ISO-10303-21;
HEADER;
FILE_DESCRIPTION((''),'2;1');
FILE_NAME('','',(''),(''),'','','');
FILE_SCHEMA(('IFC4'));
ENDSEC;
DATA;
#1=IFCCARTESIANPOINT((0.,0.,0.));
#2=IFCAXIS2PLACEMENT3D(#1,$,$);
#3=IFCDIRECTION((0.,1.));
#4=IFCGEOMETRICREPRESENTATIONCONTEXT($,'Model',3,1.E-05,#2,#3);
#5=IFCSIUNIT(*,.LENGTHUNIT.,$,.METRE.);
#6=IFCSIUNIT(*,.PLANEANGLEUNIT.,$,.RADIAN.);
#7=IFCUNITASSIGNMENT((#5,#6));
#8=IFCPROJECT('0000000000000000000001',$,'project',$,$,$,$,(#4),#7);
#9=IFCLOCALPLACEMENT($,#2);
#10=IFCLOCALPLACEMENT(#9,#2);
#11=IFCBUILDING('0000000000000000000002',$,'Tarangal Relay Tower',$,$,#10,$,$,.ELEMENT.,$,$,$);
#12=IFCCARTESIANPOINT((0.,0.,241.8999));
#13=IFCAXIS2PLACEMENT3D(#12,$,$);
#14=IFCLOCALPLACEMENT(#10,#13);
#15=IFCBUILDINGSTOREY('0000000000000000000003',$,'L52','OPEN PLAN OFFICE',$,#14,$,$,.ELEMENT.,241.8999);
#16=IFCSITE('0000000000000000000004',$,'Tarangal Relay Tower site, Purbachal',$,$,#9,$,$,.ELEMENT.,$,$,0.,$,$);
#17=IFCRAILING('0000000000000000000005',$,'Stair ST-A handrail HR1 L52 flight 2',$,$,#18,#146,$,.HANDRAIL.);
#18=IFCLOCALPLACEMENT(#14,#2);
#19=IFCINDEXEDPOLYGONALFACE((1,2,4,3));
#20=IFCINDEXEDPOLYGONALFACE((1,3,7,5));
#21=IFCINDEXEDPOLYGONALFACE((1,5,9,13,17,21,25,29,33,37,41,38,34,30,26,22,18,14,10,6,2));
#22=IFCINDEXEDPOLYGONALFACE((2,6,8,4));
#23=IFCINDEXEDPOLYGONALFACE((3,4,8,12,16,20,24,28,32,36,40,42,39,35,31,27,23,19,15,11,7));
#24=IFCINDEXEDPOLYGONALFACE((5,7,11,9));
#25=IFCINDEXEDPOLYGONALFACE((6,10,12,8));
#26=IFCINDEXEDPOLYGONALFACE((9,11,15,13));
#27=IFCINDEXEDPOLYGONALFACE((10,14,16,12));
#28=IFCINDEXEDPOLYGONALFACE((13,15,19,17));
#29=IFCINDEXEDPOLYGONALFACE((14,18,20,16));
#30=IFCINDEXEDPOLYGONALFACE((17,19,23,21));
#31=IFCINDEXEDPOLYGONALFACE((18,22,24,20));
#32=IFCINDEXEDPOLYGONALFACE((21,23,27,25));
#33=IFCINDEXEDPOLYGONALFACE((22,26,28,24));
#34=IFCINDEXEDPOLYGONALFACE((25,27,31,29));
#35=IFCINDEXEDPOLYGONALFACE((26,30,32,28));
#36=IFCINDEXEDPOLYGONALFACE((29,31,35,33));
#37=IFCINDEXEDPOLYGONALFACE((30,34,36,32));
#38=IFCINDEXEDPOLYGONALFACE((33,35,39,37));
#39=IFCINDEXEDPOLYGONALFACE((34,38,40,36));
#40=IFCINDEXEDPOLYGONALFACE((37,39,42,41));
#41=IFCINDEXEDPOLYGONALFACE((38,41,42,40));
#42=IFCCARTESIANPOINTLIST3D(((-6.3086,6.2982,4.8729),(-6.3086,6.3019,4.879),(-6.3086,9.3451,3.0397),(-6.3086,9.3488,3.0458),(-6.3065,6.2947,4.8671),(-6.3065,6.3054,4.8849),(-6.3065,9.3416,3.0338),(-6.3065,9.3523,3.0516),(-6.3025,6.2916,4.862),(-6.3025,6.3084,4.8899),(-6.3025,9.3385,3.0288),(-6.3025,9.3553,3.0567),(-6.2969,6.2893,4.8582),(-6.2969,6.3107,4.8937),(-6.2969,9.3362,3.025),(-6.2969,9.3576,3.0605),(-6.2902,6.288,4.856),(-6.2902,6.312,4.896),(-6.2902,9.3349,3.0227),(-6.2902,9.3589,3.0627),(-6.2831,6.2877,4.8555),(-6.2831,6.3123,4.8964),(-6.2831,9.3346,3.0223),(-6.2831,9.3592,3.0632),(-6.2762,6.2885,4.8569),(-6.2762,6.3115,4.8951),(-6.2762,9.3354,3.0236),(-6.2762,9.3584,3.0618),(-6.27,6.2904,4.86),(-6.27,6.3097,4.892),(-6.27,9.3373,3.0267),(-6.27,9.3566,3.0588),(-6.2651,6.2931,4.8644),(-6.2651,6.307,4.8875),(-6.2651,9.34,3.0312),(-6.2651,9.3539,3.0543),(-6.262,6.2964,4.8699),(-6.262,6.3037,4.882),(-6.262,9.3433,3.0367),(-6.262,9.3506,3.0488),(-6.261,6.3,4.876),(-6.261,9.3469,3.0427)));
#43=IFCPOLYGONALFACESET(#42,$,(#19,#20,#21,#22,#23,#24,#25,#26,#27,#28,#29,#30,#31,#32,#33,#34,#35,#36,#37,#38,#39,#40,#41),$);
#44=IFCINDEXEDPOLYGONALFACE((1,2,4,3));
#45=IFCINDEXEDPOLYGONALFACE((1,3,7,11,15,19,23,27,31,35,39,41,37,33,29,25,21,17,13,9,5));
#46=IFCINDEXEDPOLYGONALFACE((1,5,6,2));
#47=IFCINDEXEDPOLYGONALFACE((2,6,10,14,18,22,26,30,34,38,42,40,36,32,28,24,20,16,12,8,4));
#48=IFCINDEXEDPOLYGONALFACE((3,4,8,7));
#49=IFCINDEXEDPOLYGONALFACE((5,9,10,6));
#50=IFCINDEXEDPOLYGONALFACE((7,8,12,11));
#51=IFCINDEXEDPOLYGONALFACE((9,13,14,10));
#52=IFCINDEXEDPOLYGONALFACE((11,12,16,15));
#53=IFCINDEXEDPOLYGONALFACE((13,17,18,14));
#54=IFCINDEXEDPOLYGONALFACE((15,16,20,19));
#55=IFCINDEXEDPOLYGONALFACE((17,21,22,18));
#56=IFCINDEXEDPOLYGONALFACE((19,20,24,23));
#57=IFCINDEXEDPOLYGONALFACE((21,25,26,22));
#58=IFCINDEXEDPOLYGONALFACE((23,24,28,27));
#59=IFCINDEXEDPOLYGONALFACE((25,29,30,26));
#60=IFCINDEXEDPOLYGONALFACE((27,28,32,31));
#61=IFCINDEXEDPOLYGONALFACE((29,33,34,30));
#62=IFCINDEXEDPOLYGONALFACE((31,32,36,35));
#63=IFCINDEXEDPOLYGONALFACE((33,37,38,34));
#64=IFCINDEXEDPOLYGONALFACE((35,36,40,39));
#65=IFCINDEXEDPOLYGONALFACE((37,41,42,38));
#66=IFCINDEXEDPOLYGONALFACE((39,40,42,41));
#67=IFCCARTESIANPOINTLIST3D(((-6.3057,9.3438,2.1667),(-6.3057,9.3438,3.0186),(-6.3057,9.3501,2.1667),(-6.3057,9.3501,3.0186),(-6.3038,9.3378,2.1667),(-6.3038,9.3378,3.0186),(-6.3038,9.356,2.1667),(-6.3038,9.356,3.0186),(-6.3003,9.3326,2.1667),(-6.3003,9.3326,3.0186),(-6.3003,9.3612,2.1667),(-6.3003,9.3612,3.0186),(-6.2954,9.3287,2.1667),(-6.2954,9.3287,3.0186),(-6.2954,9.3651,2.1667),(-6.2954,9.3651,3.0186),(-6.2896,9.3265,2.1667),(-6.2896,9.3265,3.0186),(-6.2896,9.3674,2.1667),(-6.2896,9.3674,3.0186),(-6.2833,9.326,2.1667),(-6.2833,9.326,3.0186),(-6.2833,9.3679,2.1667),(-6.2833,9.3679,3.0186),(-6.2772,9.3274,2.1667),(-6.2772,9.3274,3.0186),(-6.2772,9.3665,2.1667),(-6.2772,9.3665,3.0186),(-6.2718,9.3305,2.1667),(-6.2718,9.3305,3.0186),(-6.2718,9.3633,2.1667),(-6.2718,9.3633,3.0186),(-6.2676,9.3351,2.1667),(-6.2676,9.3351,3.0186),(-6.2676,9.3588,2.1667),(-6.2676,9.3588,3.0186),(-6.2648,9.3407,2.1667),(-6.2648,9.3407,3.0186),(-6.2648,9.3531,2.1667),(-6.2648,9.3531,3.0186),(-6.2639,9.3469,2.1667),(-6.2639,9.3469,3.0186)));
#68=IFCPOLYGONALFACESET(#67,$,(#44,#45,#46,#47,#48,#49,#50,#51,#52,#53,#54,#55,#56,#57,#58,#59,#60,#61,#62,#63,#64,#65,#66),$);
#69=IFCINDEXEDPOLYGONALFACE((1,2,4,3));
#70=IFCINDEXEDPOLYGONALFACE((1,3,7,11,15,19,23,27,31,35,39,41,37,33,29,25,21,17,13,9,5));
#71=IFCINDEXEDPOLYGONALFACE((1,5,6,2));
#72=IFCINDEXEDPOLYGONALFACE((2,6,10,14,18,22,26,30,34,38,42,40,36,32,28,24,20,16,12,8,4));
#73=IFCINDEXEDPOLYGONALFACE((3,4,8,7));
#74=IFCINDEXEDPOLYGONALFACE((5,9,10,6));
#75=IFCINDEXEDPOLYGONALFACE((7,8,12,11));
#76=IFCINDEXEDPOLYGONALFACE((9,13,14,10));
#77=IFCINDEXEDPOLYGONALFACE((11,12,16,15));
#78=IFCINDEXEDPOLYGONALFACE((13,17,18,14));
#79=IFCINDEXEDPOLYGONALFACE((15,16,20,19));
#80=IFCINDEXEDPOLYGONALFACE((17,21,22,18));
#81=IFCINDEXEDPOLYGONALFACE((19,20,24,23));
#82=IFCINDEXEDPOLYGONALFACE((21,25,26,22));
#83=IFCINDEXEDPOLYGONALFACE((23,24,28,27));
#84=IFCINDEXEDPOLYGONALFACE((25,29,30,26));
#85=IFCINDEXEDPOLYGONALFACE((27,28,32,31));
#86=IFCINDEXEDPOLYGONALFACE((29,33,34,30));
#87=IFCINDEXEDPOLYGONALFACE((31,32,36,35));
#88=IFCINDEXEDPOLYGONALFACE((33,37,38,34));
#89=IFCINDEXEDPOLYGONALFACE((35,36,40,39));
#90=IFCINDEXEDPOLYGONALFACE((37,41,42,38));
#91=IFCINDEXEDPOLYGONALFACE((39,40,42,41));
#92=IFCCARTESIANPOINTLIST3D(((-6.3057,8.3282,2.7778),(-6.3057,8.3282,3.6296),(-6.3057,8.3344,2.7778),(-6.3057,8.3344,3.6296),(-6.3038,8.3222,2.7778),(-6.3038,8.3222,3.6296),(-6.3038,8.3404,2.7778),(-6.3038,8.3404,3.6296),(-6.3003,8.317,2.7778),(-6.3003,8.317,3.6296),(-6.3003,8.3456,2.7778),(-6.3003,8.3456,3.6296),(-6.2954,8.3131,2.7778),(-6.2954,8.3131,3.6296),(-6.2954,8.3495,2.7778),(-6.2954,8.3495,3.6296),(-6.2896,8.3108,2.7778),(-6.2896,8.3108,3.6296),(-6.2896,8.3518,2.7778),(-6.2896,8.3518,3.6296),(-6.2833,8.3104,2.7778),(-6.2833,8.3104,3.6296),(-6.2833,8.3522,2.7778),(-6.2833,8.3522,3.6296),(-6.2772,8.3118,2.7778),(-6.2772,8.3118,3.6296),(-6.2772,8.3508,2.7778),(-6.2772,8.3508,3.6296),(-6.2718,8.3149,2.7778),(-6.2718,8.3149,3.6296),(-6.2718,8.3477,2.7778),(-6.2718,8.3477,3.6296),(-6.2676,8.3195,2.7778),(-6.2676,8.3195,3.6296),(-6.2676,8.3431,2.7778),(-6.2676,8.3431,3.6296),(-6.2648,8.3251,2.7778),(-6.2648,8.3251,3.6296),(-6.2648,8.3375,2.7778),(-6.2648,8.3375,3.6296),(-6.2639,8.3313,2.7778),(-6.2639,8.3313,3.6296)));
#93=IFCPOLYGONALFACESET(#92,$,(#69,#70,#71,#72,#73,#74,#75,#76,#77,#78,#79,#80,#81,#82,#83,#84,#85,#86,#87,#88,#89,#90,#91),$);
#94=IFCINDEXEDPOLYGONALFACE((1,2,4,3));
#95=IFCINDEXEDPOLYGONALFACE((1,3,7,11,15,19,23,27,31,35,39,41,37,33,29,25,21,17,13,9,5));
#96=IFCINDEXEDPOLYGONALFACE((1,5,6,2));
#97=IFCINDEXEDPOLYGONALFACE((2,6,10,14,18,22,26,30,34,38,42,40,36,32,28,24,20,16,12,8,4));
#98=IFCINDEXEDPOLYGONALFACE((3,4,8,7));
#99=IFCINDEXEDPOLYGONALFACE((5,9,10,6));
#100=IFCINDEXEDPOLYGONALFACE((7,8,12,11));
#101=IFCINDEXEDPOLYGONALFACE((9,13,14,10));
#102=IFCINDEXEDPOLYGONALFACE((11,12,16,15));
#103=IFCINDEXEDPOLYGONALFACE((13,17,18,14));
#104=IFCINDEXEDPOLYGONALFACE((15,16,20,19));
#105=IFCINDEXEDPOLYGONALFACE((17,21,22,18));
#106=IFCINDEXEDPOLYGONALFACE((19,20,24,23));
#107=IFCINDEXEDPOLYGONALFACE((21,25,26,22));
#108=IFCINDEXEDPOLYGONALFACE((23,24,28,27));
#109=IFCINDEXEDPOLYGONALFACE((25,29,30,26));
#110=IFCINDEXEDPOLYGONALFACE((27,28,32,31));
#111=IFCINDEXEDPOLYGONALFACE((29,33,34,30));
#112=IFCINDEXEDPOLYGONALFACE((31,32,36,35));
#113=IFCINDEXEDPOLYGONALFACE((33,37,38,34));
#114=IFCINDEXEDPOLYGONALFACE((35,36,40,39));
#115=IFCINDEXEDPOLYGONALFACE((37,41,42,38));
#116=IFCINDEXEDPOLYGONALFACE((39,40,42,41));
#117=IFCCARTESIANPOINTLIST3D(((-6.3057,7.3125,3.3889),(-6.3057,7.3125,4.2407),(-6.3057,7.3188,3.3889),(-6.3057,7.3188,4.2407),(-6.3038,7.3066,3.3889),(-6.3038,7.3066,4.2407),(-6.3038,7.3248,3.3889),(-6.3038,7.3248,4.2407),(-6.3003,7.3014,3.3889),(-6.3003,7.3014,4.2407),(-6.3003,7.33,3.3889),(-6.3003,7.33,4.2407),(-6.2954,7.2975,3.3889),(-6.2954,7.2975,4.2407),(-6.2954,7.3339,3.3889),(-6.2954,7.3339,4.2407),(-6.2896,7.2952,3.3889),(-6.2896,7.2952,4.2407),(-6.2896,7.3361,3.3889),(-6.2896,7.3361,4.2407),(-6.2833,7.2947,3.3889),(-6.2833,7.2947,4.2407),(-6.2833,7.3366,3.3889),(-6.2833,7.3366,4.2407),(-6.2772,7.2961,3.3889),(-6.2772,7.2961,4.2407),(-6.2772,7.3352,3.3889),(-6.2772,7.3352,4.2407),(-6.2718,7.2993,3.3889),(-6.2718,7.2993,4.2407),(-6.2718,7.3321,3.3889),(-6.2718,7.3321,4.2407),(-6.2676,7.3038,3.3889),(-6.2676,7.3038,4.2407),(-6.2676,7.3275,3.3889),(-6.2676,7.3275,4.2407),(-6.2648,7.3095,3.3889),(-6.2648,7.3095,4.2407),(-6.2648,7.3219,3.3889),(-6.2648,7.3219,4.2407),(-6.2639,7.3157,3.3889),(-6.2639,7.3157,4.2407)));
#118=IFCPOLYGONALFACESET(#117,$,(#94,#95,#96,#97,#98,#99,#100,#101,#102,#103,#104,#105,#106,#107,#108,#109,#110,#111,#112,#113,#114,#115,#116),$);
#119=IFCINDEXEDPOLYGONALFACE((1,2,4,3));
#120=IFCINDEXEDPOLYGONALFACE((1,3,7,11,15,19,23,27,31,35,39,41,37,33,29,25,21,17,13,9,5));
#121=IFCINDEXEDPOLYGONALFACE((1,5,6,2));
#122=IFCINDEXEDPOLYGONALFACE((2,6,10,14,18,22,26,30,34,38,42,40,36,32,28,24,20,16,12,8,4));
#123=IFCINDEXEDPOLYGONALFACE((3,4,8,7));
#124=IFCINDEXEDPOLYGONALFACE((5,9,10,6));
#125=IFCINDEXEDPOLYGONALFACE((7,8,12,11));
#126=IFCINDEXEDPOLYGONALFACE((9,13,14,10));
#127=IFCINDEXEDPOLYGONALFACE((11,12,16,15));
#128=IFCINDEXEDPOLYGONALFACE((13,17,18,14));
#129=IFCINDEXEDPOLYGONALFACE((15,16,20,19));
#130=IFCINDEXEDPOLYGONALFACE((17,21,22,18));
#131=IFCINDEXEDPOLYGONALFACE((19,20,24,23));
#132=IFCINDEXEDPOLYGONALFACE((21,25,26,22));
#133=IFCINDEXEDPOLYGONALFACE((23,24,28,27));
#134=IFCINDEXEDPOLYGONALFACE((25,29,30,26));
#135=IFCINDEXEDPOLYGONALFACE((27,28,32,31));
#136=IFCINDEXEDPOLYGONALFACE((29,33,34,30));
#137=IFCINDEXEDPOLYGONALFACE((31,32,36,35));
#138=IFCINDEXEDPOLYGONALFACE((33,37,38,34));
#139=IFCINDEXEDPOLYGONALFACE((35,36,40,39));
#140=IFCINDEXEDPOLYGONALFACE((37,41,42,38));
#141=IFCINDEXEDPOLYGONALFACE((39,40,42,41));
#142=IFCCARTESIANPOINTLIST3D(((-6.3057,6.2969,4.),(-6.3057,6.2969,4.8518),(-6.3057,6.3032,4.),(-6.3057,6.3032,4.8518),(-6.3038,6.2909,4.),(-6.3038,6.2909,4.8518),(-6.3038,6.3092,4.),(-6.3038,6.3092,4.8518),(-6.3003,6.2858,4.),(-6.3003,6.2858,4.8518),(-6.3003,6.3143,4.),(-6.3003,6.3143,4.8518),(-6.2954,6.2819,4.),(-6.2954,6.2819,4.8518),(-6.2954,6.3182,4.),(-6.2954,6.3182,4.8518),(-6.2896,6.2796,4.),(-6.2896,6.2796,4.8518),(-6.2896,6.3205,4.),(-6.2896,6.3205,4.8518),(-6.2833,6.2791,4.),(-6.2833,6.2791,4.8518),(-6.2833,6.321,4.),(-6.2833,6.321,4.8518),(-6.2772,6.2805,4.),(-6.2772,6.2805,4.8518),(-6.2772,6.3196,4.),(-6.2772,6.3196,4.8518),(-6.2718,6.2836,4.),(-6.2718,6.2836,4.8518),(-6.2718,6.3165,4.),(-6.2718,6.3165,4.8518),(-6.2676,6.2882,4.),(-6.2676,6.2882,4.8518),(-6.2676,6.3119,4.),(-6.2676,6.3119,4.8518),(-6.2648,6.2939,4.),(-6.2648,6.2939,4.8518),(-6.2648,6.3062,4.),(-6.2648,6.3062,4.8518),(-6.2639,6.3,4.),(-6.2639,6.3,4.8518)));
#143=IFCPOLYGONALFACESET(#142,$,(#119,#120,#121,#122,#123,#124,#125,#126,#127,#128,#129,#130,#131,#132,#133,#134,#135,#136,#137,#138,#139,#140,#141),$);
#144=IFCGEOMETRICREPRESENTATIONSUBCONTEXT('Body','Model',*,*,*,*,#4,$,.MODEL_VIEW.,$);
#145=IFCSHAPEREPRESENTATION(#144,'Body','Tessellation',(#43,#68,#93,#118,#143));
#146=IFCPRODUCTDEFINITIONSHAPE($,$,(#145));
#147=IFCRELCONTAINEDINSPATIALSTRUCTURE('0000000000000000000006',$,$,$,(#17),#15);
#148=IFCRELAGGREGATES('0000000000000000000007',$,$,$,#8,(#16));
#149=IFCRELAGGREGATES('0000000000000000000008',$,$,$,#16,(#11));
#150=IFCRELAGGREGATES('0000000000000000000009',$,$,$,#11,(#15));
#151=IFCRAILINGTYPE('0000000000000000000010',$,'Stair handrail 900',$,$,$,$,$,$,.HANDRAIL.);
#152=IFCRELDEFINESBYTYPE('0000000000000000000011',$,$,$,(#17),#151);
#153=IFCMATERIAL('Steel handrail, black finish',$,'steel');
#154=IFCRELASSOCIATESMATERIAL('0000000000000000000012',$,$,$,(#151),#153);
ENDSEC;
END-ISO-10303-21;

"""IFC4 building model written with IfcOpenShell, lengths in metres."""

from ifc_helpers import new_model, si_unit, direction, frame, origin, origin_2d, place, context, subcontext, project, spatial, circle, extrude, material, type_object, element, save


model = new_model("IFC4")

# Units and contexts
model_context = context("Model", 3, precision=1e-05, world=origin(), true_north=direction((0.0, 1.0)))
body_context = subcontext(model_context, "Body", "Model", "MODEL_VIEW")
ifc_project = project(units=[si_unit("LENGTHUNIT", "METRE"), si_unit("PLANEANGLEUNIT", "RADIAN")], contexts=[model_context])

# Site, building, storey
site_placement = place(None, origin())
site = spatial("IfcSite", under=ifc_project, at=site_placement, Name="Tarangal Relay Tower site, Purbachal", CompositionType="ELEMENT", RefElevation=0.0)
building_placement = place(site_placement, origin())
building = spatial("IfcBuilding", under=site, at=building_placement, Name="Tarangal Relay Tower", CompositionType="ELEMENT")
storey_placement = place(building_placement, frame((0.0, 0.0, 241.8999)))
storey = spatial("IfcBuildingStorey", under=building, at=storey_placement, Name="L52", Description="OPEN PLAN OFFICE", CompositionType="ELEMENT", Elevation=241.8999)

# Railing
ifc_material_1 = material(Name="Steel handrail, black finish", Category="steel")
railing_type_1 = type_object("IfcRailingType", Name="Stair handrail 900", PredefinedType="HANDRAIL", material=ifc_material_1)
railing_1_placement = place(storey_placement, frame((-6.2849, 9.3469, 2.1667)))
element("IfcRailing", 1, at=railing_1_placement, inside=storey, type_object=railing_type_1, Name="Stair ST-A handrail HR1 L52 flight 2", PredefinedType="HANDRAIL", context=body_context, shape_type="SweptSolid", body=[
    extrude(circle(Radius=0.0239, at=origin_2d()), frame((0.0, 0.0, 0.876), z_axis=(0.0, -0.856856, 0.515556), x_axis=(1.0, 0.0, 0.0)), (0.0, 0.0, 1.0), 3.5559),
    extrude(circle(Radius=0.021, at=origin_2d()), origin(), (0.0, 0.0, 1.0), 0.8518),
    extrude(circle(Radius=0.021, at=origin_2d()), frame((0.0, -1.0156, 0.6111)), (0.0, 0.0, 1.0), 0.8518),
    extrude(circle(Radius=0.021, at=origin_2d()), frame((0.0, -2.0312, 1.2222)), (0.0, 0.0, 1.0), 0.8518),
    extrude(circle(Radius=0.021, at=origin_2d()), frame((0.0, -3.0469, 1.8333)), (0.0, 0.0, 1.0), 0.8518),
])

save(model, "model.ifc")
